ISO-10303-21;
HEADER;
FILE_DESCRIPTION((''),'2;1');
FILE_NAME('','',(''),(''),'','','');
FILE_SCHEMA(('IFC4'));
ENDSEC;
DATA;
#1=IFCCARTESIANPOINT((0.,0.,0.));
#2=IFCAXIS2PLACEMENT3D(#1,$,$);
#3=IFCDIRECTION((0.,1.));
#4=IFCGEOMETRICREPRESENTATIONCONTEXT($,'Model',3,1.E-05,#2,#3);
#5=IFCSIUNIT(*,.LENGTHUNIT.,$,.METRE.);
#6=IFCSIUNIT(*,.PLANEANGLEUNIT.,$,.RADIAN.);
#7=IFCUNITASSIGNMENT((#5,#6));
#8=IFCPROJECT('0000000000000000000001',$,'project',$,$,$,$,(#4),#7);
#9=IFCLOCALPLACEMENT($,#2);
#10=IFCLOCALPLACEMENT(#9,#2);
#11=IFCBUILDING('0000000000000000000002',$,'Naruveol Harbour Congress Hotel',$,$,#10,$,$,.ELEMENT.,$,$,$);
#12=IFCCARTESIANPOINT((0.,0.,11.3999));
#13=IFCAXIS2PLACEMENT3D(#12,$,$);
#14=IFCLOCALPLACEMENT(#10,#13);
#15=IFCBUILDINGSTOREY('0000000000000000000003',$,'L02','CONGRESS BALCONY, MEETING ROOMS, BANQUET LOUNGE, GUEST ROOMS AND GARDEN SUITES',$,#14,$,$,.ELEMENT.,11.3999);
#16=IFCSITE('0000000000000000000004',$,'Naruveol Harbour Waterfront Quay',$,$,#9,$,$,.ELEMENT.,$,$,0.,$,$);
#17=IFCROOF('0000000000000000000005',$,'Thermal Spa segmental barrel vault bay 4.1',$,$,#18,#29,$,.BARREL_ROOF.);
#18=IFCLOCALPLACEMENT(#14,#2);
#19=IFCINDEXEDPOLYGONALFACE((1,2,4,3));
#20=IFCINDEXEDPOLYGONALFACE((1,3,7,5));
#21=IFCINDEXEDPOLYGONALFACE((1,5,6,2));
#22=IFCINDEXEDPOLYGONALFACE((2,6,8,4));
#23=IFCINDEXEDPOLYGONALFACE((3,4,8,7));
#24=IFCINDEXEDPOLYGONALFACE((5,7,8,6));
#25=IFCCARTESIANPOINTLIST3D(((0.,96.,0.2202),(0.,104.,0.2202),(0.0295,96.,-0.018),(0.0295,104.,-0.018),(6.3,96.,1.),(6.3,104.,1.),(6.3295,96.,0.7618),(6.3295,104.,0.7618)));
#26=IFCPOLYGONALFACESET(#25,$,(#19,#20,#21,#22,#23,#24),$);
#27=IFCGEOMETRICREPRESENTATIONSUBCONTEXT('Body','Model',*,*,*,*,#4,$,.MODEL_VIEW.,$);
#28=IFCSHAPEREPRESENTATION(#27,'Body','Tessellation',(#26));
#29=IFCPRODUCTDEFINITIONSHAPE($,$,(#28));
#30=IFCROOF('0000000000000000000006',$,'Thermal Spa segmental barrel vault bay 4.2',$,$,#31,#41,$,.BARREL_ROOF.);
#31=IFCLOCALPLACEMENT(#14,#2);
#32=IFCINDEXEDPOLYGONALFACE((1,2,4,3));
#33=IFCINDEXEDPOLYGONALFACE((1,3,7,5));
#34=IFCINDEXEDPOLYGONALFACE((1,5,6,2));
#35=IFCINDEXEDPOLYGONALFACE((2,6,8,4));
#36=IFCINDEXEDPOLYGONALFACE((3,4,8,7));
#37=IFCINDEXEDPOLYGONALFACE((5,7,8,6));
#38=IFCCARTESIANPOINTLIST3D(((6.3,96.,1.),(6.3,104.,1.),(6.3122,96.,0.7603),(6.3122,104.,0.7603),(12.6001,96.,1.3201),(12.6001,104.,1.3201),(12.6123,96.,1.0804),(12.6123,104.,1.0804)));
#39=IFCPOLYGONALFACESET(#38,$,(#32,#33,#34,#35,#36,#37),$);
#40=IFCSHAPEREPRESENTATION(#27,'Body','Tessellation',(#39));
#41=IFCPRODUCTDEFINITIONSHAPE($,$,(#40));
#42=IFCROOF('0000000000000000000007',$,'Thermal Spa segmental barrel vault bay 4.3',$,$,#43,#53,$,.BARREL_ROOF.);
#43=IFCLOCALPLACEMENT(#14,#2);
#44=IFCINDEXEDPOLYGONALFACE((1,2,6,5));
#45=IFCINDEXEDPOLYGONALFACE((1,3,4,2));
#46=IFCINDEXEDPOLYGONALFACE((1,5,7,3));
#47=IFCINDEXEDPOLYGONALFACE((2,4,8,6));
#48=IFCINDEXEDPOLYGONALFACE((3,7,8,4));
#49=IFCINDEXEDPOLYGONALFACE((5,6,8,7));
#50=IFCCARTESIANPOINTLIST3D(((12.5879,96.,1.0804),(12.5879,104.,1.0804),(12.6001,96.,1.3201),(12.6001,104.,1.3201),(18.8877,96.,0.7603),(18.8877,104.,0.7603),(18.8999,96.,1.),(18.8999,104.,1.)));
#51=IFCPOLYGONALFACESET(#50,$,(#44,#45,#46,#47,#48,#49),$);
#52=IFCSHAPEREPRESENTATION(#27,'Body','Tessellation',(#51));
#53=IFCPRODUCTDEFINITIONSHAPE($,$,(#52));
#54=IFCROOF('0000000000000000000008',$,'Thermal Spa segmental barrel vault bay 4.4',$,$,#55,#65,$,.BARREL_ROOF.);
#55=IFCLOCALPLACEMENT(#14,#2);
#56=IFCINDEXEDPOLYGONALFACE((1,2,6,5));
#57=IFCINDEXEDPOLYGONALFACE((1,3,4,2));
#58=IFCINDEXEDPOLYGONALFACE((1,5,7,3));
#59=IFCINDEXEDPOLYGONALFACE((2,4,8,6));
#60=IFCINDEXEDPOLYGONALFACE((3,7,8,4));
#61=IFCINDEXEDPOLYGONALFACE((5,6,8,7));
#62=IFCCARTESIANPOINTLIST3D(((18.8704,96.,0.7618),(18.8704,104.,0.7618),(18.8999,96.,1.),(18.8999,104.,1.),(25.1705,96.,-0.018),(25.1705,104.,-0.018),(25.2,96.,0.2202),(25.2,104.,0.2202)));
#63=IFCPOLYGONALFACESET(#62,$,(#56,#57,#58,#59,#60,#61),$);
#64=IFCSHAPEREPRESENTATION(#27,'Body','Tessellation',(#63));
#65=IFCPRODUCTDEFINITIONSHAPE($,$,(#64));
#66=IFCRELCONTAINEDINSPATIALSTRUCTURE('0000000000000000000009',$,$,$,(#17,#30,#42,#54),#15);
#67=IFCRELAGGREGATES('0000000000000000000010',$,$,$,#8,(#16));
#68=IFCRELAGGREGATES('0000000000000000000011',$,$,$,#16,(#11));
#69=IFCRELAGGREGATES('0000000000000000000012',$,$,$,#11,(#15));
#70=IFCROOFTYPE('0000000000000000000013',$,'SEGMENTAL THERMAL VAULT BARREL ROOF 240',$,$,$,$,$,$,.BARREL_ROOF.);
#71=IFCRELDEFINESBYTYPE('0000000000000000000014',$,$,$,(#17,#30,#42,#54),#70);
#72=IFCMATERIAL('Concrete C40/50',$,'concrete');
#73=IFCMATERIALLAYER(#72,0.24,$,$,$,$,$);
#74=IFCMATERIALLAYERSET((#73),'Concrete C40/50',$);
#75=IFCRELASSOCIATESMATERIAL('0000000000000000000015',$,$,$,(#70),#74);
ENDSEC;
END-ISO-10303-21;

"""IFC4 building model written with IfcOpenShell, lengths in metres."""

from ifc_helpers import new_model, si_unit, direction, frame, origin, place, context, subcontext, project, spatial, polyline, outline, extrude, material, layer, layer_set, type_object, element, save


model = new_model("IFC4")

# Units and contexts
model_context = context("Model", 3, precision=1e-05, world=origin(), true_north=direction((0.0, 1.0)))
body_context = subcontext(model_context, "Body", "Model", "MODEL_VIEW")
ifc_project = project(units=[si_unit("LENGTHUNIT", "METRE"), si_unit("PLANEANGLEUNIT", "RADIAN")], contexts=[model_context])

# Site, building, storey
site_placement = place(None, origin())
site = spatial("IfcSite", under=ifc_project, at=site_placement, Name="Naruveol Harbour Waterfront Quay", CompositionType="ELEMENT", RefElevation=0.0)
building_placement = place(site_placement, origin())
building = spatial("IfcBuilding", under=site, at=building_placement, Name="Naruveol Harbour Congress Hotel", CompositionType="ELEMENT")
storey_placement = place(building_placement, frame((0.0, 0.0, 11.3999)))
storey = spatial("IfcBuildingStorey", under=building, at=storey_placement, Name="L02", Description="CONGRESS BALCONY, MEETING ROOMS, BANQUET LOUNGE, GUEST ROOMS AND GARDEN SUITES", CompositionType="ELEMENT", Elevation=11.3999)

# Roofs
ifc_material_1 = material(Name="Concrete C40/50", Category="concrete")
ifc_layer_1 = layer(ifc_material_1, 0.24)
ifc_layer_set_1 = layer_set([ifc_layer_1], Name="Concrete C40/50")
roof_type = type_object("IfcRoofType", Name="SEGMENTAL THERMAL VAULT BARREL ROOF 240", PredefinedType="BARREL_ROOF", material=ifc_layer_set_1)
for number, where, z_axis, x_axis, name in (
    (1, (0.0, 96.0, 0.2202), (-0.122837, 0.0, 0.992427), (0.992427, 0.0, 0.122837), "Thermal Spa segmental barrel vault bay 4.1"),
):
    element("IfcRoof", number, at=place(storey_placement, frame(where, z_axis=z_axis, x_axis=x_axis)), inside=storey, type_object=roof_type, Name=name, PredefinedType="BARREL_ROOF", context=body_context, shape_type="SweptSolid", body=[
        extrude(outline(polyline([(0.0, 0.0), (6.3481, 0.0), (6.3481, 8.0), (0.0, 8.0), (0.0, 0.0)])), origin(), (0.0, 0.0, -1.0), 0.24),
    ])
roof_1_placement = place(storey_placement, frame((6.3, 96.0, 1.0), z_axis=(-0.050739, 0.0, 0.998712), x_axis=(0.998712, 0.0, 0.050739)))
element("IfcRoof", 2, at=roof_1_placement, inside=storey, type_object=roof_type, Name="Thermal Spa segmental barrel vault bay 4.2", PredefinedType="BARREL_ROOF", context=body_context, shape_type="SweptSolid", body=[
    extrude(outline(polyline([(0.0, 0.0), (6.3082, 0.0), (6.3082, 8.0), (0.0, 8.0), (0.0, 0.0)])), origin(), (0.0, 0.0, -1.0), 0.24),
])
roof_2_placement = place(storey_placement, frame((12.6001, 96.0, 1.3201), z_axis=(0.050741, 0.0, 0.998712), x_axis=(0.998712, 0.0, -0.050741)))
element("IfcRoof", 3, at=roof_2_placement, inside=storey, type_object=roof_type, Name="Thermal Spa segmental barrel vault bay 4.3", PredefinedType="BARREL_ROOF", context=body_context, shape_type="SweptSolid", body=[
    extrude(outline(polyline([(0.0, 0.0), (6.3079, 0.0), (6.3079, 8.0), (0.0, 8.0), (0.0, 0.0)])), origin(), (0.0, 0.0, -1.0), 0.24),
])
roof_3_placement = place(storey_placement, frame((18.8999, 96.0, 1.0), z_axis=(0.122837, 0.0, 0.992427), x_axis=(0.992427, 0.0, -0.122837)))
element("IfcRoof", 4, at=roof_3_placement, inside=storey, type_object=roof_type, Name="Thermal Spa segmental barrel vault bay 4.4", PredefinedType="BARREL_ROOF", context=body_context, shape_type="SweptSolid", body=[
    extrude(outline(polyline([(0.0, 0.0), (6.3481, 0.0), (6.3481, 8.0), (0.0, 8.0), (0.0, 0.0)])), origin(), (0.0, 0.0, -1.0), 0.24),
])

save(model, "model.ifc")
